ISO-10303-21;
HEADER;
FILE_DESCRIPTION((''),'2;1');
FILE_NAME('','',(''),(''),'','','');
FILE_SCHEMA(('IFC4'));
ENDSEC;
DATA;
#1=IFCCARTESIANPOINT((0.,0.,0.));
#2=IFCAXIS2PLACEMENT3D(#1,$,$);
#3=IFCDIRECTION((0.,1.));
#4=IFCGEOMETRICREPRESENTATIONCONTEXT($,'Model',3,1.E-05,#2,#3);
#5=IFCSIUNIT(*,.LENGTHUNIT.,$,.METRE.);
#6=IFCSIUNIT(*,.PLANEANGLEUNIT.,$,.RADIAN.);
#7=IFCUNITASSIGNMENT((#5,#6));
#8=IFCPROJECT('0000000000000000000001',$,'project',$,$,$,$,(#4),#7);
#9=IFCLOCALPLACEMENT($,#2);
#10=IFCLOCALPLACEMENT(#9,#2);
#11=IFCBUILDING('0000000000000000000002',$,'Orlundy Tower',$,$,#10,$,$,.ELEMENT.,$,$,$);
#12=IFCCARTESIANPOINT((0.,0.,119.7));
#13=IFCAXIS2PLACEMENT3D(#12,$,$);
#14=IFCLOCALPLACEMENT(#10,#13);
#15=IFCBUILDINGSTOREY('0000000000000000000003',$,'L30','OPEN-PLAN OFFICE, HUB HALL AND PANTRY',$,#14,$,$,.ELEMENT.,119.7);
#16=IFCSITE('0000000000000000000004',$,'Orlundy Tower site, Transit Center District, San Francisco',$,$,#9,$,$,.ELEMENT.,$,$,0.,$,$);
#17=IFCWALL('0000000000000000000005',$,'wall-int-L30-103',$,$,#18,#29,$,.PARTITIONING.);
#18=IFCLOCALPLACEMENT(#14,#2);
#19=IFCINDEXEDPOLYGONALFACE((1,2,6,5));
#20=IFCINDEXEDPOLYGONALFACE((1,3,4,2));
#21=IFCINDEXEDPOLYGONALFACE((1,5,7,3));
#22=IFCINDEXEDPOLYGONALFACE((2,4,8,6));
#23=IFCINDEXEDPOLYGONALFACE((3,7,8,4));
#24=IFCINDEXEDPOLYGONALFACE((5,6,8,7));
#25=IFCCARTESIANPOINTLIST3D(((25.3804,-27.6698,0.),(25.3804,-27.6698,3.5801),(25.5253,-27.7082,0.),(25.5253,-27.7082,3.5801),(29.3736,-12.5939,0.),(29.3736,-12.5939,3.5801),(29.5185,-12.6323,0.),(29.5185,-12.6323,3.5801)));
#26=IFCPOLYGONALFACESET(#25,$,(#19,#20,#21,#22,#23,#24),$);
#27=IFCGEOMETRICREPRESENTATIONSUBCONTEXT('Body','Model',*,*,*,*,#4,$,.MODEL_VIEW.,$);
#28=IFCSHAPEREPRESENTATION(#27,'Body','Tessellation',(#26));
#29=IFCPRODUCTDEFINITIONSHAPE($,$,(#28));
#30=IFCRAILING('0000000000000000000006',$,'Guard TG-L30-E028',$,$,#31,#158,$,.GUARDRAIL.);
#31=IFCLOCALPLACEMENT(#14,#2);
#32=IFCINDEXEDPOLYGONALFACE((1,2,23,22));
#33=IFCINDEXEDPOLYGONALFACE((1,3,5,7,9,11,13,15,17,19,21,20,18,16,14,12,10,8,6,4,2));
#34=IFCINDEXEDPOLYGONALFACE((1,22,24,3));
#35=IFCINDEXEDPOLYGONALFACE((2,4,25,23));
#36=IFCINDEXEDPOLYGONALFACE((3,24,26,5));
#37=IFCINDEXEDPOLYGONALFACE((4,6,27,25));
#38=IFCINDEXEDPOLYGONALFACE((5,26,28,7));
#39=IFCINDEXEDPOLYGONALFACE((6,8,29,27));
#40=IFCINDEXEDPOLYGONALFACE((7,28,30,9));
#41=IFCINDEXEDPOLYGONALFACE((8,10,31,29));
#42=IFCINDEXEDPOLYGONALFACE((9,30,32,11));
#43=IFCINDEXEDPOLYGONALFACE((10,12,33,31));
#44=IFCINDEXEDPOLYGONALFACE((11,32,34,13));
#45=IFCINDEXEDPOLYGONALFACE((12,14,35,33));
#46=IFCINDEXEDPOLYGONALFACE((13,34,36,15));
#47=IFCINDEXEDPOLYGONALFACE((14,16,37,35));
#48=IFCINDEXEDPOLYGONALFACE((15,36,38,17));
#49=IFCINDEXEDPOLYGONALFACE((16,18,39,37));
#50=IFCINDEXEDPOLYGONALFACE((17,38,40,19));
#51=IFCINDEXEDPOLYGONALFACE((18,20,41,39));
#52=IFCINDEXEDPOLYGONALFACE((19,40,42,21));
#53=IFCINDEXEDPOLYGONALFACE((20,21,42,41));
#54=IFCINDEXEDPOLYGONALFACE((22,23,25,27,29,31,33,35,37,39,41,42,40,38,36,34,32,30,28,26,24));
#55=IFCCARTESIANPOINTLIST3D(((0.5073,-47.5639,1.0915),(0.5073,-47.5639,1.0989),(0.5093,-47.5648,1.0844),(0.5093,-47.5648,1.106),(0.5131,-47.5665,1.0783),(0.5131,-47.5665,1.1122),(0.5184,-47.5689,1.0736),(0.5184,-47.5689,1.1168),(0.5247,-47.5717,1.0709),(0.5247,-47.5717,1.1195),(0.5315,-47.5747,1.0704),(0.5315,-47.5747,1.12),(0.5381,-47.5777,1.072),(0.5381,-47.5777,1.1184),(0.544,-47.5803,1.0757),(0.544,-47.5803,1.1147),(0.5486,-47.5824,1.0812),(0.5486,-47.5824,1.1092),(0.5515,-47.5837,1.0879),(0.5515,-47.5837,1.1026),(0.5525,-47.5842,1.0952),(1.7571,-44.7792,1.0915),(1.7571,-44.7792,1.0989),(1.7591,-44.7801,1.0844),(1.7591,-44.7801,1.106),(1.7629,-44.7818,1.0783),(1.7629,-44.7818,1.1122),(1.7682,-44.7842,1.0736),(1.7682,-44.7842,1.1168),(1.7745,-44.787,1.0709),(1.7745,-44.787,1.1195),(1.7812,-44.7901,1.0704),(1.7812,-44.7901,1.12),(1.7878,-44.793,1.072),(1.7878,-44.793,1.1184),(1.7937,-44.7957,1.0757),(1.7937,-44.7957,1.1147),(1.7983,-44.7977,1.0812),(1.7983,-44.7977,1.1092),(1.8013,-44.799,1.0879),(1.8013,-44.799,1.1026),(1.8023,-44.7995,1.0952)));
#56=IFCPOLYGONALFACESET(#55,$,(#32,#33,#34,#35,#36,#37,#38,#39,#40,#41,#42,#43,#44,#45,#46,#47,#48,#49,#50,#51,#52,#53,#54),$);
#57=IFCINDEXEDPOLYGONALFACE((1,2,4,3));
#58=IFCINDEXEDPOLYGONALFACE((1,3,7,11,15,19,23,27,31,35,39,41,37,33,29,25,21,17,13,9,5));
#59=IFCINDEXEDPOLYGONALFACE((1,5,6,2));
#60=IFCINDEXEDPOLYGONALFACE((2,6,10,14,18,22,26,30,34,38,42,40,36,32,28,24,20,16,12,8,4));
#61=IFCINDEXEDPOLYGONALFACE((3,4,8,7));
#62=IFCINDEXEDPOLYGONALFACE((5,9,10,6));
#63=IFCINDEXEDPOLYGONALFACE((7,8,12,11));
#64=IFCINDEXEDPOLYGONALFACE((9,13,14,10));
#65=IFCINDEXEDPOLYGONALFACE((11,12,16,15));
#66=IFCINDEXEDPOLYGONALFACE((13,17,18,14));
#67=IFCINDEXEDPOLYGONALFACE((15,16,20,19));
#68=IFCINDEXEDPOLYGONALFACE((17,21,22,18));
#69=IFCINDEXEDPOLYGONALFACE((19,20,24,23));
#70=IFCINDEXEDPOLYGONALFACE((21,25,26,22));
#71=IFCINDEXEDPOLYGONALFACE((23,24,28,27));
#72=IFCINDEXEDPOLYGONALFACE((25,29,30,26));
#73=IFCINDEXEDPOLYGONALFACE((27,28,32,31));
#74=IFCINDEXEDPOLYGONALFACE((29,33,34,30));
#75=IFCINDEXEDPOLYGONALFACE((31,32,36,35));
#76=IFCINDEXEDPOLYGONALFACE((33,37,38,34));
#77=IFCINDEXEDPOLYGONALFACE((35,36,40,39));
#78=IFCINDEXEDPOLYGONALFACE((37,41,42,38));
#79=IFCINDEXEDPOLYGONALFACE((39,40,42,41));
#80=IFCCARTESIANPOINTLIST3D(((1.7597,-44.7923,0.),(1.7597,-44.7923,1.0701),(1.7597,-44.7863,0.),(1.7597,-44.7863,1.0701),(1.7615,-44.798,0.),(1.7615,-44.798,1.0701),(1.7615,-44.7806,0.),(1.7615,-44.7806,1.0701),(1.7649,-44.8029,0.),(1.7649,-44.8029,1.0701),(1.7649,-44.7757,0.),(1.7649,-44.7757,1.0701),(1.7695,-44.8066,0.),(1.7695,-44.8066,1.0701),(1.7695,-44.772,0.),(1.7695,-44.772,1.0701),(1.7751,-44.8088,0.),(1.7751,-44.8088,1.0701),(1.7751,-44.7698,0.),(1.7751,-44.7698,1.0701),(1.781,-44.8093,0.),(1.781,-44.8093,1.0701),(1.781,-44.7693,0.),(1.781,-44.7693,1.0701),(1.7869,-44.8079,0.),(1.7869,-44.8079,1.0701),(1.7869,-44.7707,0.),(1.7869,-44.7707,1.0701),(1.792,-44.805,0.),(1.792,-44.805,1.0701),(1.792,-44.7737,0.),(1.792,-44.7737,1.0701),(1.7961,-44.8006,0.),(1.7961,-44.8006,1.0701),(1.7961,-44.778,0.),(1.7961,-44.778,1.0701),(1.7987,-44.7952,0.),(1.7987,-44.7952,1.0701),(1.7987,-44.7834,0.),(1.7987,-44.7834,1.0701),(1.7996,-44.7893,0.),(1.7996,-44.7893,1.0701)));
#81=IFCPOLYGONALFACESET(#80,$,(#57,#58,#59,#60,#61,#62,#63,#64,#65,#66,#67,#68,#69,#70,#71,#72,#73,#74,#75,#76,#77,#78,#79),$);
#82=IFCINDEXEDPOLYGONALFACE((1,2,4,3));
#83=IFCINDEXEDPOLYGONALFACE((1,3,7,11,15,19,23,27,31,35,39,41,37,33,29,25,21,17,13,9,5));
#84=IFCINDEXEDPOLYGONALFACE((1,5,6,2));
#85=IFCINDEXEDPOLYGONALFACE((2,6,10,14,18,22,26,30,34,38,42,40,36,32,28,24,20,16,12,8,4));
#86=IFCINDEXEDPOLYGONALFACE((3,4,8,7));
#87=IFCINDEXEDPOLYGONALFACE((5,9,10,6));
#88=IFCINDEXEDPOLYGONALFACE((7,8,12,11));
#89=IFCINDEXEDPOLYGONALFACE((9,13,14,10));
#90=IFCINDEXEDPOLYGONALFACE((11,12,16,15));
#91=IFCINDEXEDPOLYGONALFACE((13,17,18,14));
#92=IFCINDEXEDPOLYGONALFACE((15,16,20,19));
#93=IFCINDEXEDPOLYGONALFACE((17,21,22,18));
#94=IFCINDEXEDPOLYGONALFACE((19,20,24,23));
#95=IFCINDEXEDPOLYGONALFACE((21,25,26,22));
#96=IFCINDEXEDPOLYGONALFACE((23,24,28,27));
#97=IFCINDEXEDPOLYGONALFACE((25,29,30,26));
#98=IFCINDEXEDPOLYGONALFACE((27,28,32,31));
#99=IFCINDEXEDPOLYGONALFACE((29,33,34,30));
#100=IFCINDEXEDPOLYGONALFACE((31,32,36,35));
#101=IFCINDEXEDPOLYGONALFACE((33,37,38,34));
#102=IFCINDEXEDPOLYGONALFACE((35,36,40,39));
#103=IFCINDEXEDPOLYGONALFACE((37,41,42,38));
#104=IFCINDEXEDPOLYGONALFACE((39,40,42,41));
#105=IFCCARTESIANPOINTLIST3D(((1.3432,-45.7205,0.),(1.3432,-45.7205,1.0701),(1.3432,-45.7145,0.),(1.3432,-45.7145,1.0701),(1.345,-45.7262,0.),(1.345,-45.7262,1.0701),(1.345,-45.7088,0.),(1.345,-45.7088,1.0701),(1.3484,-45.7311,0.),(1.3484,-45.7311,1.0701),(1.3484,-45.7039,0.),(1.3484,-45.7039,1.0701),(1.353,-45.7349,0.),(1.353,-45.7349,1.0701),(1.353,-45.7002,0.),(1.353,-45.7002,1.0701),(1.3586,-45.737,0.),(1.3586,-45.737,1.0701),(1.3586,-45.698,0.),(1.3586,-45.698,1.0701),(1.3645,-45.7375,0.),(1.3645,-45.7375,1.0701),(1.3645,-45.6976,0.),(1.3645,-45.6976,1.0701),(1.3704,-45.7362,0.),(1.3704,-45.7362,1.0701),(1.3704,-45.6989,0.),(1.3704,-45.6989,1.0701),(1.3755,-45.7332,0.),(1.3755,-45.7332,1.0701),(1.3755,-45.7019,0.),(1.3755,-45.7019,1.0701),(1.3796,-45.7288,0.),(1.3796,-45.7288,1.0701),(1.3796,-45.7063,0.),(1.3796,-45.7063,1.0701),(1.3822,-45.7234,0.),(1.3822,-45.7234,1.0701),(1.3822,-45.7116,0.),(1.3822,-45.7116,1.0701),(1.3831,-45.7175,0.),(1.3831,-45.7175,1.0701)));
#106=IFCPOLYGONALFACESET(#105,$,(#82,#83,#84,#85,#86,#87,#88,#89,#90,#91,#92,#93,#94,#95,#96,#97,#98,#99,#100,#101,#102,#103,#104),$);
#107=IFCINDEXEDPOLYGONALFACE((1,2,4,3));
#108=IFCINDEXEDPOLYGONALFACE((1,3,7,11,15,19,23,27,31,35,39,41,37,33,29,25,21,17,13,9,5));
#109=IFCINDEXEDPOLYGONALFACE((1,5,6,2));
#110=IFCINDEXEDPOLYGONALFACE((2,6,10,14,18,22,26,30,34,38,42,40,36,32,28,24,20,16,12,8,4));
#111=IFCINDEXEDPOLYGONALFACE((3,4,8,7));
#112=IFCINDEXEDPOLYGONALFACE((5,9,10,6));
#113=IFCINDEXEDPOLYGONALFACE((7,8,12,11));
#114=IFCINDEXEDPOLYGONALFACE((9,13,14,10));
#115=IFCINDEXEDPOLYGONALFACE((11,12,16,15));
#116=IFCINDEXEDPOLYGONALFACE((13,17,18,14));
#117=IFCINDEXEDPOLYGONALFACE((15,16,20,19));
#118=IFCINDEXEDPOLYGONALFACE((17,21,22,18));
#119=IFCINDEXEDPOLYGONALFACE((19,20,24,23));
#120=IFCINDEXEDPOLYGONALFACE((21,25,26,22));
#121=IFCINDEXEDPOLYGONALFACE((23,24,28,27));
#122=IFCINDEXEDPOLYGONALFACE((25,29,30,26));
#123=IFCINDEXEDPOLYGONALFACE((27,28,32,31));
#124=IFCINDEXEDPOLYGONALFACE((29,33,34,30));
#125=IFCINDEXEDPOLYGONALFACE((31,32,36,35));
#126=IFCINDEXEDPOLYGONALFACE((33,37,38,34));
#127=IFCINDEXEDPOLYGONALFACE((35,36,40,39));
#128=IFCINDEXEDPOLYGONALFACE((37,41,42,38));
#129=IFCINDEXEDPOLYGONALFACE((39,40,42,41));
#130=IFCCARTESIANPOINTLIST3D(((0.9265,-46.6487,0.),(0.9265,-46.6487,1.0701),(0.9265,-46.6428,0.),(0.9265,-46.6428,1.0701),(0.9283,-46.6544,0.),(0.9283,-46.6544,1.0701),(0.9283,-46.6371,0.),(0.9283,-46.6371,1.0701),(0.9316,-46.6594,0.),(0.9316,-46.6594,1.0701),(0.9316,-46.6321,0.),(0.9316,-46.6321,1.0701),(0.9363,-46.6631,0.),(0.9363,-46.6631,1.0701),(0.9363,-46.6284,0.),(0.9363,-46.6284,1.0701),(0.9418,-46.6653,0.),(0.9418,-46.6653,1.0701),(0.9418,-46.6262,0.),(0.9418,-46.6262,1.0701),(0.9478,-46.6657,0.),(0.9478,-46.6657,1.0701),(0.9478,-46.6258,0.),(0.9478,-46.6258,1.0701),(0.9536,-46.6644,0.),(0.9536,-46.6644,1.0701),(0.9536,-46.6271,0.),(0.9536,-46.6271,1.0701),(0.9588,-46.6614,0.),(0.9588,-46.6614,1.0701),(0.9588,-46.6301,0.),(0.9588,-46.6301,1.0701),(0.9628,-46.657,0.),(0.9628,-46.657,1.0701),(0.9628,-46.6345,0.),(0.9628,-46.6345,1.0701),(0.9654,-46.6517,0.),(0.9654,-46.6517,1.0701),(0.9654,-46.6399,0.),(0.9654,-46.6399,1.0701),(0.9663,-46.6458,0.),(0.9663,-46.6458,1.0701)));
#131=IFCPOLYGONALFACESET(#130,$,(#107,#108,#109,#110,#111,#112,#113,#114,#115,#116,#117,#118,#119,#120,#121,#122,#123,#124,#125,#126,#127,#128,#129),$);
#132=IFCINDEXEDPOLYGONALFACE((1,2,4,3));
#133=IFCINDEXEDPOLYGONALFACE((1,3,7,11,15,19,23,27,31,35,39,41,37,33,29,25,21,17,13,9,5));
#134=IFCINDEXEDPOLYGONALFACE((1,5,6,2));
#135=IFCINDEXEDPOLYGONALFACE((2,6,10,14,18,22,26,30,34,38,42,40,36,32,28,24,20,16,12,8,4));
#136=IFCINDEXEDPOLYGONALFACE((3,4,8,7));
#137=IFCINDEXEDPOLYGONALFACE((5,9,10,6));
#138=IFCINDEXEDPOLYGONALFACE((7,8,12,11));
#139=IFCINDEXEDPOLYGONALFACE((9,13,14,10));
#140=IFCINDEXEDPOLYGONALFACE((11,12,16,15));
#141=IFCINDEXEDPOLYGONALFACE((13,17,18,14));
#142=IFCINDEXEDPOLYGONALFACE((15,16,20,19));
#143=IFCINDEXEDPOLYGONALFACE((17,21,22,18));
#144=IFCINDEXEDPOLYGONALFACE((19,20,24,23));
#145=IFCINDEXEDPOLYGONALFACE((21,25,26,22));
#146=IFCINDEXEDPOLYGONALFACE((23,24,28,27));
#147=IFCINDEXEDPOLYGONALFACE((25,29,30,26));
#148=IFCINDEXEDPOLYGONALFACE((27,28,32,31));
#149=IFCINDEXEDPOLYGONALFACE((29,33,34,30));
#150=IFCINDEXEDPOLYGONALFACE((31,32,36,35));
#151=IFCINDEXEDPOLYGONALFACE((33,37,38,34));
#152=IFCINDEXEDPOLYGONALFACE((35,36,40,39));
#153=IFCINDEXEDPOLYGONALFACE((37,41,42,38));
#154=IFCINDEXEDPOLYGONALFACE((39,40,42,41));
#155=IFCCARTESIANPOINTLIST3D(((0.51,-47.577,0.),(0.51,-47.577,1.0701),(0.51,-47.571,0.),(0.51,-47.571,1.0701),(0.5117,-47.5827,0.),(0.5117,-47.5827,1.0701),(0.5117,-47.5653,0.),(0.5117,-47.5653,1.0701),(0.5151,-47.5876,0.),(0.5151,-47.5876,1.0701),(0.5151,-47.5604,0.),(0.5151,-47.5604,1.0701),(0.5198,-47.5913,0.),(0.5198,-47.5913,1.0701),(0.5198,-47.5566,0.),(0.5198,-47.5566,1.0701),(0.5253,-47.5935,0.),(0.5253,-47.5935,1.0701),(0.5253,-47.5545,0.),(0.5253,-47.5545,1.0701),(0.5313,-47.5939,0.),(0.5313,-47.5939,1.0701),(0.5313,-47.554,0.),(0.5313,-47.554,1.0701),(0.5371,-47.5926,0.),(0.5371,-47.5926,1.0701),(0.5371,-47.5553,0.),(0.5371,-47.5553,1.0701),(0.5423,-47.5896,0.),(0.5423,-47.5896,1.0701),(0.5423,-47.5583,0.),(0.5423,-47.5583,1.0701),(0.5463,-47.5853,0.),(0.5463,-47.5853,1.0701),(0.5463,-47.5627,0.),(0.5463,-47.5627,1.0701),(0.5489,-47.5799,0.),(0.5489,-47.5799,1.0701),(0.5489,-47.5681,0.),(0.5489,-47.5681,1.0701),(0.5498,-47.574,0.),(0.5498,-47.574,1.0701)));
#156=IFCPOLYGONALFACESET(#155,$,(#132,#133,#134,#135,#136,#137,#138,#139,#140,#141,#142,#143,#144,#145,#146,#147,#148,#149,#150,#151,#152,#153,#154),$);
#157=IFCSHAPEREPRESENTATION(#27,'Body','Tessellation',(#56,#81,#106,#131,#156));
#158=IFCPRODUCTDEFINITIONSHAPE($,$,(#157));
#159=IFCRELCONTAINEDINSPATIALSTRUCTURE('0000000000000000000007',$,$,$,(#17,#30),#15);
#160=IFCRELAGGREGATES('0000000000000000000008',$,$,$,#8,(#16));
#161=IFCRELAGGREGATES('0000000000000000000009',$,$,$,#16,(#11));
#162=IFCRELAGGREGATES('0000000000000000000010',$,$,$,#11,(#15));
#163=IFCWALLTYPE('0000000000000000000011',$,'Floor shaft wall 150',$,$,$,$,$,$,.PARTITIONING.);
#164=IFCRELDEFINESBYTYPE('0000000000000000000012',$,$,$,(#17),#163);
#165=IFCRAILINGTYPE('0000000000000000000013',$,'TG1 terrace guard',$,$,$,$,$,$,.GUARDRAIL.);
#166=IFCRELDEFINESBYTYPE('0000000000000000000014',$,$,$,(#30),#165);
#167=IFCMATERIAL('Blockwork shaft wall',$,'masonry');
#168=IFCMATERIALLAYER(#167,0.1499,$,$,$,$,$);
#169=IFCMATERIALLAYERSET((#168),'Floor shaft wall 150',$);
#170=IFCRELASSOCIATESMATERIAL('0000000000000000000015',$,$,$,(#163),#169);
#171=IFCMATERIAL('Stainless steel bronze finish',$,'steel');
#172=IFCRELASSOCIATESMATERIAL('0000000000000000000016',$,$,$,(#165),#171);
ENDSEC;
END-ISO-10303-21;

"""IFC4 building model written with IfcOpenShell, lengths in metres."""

from ifc_helpers import new_model, si_unit, direction, frame, frame_2d, origin, origin_2d, place, context, subcontext, project, spatial, rectangle, circle, extrude, material, layer, layer_set, type_object, element, save


model = new_model("IFC4")

# Units and contexts
model_context = context("Model", 3, precision=1e-05, world=origin(), true_north=direction((0.0, 1.0)))
body_context = subcontext(model_context, "Body", "Model", "MODEL_VIEW")
ifc_project = project(units=[si_unit("LENGTHUNIT", "METRE"), si_unit("PLANEANGLEUNIT", "RADIAN")], contexts=[model_context])

# Site, building, storey
site_placement = place(None, origin())
site = spatial("IfcSite", under=ifc_project, at=site_placement, Name="Orlundy Tower site, Transit Center District, San Francisco", CompositionType="ELEMENT", RefElevation=0.0)
building_placement = place(site_placement, origin())
building = spatial("IfcBuilding", under=site, at=building_placement, Name="Orlundy Tower", CompositionType="ELEMENT")
storey_placement = place(building_placement, frame((0.0, 0.0, 119.7)))
storey = spatial("IfcBuildingStorey", under=building, at=storey_placement, Name="L30", Description="OPEN-PLAN OFFICE, HUB HALL AND PANTRY", CompositionType="ELEMENT", Elevation=119.7)

# Wall
ifc_material_1 = material(Name="Blockwork shaft wall", Category="masonry")
ifc_layer_1 = layer(ifc_material_1, 0.1499)
ifc_layer_set_1 = layer_set([ifc_layer_1], Name="Floor shaft wall 150")
wall_type_1 = type_object("IfcWallType", Name="Floor shaft wall 150", PredefinedType="PARTITIONING", material=ifc_layer_set_1)
wall_1_placement = place(storey_placement, frame((25.4529, -27.689, 0.0), z_axis=(0.0, 0.0, 1.0), x_axis=(0.256041, 0.966666, 0.0)))
element("IfcWall", 1, at=wall_1_placement, inside=storey, type_object=wall_type_1, Name="wall-int-L30-103", PredefinedType="PARTITIONING", context=body_context, shape_type="SweptSolid", body=[
    extrude(rectangle(XDim=15.5957, YDim=0.1499, at=frame_2d((7.7979, 0.0))), origin(), (0.0, 0.0, 1.0), 3.5801),
])

# Railing
ifc_material_2 = material(Name="Stainless steel bronze finish", Category="steel")
railing_type = type_object("IfcRailingType", Name="TG1 terrace guard", PredefinedType="GUARDRAIL", material=ifc_material_2)
railing_1_placement = place(storey_placement, frame((1.7795, -44.7893, 0.0)))
element("IfcRailing", 2, at=railing_1_placement, inside=storey, type_object=railing_type, Name="Guard TG-L30-E028", PredefinedType="GUARDRAIL", context=body_context, shape_type="SweptSolid", body=[
    extrude(circle(Radius=0.0249, at=origin_2d()), frame((0.0, 0.0, 1.0952), z_axis=(-0.409453, -0.912331, 0.0), x_axis=(0.912331, -0.409453, 0.0)), (0.0, 0.0, 1.0), 3.0522),
    extrude(circle(Radius=0.02, at=origin_2d()), origin(), (0.0, 0.0, 1.0), 1.0701),
    extrude(circle(Radius=0.02, at=origin_2d()), frame((-0.4165, -0.9282, 0.0)), (0.0, 0.0, 1.0), 1.0701),
    extrude(circle(Radius=0.02, at=origin_2d()), frame((-0.8333, -1.8564, 0.0)), (0.0, 0.0, 1.0), 1.0701),
    extrude(circle(Radius=0.02, at=origin_2d()), frame((-1.2498, -2.7847, 0.0)), (0.0, 0.0, 1.0), 1.0701),
])

save(model, "model.ifc")
